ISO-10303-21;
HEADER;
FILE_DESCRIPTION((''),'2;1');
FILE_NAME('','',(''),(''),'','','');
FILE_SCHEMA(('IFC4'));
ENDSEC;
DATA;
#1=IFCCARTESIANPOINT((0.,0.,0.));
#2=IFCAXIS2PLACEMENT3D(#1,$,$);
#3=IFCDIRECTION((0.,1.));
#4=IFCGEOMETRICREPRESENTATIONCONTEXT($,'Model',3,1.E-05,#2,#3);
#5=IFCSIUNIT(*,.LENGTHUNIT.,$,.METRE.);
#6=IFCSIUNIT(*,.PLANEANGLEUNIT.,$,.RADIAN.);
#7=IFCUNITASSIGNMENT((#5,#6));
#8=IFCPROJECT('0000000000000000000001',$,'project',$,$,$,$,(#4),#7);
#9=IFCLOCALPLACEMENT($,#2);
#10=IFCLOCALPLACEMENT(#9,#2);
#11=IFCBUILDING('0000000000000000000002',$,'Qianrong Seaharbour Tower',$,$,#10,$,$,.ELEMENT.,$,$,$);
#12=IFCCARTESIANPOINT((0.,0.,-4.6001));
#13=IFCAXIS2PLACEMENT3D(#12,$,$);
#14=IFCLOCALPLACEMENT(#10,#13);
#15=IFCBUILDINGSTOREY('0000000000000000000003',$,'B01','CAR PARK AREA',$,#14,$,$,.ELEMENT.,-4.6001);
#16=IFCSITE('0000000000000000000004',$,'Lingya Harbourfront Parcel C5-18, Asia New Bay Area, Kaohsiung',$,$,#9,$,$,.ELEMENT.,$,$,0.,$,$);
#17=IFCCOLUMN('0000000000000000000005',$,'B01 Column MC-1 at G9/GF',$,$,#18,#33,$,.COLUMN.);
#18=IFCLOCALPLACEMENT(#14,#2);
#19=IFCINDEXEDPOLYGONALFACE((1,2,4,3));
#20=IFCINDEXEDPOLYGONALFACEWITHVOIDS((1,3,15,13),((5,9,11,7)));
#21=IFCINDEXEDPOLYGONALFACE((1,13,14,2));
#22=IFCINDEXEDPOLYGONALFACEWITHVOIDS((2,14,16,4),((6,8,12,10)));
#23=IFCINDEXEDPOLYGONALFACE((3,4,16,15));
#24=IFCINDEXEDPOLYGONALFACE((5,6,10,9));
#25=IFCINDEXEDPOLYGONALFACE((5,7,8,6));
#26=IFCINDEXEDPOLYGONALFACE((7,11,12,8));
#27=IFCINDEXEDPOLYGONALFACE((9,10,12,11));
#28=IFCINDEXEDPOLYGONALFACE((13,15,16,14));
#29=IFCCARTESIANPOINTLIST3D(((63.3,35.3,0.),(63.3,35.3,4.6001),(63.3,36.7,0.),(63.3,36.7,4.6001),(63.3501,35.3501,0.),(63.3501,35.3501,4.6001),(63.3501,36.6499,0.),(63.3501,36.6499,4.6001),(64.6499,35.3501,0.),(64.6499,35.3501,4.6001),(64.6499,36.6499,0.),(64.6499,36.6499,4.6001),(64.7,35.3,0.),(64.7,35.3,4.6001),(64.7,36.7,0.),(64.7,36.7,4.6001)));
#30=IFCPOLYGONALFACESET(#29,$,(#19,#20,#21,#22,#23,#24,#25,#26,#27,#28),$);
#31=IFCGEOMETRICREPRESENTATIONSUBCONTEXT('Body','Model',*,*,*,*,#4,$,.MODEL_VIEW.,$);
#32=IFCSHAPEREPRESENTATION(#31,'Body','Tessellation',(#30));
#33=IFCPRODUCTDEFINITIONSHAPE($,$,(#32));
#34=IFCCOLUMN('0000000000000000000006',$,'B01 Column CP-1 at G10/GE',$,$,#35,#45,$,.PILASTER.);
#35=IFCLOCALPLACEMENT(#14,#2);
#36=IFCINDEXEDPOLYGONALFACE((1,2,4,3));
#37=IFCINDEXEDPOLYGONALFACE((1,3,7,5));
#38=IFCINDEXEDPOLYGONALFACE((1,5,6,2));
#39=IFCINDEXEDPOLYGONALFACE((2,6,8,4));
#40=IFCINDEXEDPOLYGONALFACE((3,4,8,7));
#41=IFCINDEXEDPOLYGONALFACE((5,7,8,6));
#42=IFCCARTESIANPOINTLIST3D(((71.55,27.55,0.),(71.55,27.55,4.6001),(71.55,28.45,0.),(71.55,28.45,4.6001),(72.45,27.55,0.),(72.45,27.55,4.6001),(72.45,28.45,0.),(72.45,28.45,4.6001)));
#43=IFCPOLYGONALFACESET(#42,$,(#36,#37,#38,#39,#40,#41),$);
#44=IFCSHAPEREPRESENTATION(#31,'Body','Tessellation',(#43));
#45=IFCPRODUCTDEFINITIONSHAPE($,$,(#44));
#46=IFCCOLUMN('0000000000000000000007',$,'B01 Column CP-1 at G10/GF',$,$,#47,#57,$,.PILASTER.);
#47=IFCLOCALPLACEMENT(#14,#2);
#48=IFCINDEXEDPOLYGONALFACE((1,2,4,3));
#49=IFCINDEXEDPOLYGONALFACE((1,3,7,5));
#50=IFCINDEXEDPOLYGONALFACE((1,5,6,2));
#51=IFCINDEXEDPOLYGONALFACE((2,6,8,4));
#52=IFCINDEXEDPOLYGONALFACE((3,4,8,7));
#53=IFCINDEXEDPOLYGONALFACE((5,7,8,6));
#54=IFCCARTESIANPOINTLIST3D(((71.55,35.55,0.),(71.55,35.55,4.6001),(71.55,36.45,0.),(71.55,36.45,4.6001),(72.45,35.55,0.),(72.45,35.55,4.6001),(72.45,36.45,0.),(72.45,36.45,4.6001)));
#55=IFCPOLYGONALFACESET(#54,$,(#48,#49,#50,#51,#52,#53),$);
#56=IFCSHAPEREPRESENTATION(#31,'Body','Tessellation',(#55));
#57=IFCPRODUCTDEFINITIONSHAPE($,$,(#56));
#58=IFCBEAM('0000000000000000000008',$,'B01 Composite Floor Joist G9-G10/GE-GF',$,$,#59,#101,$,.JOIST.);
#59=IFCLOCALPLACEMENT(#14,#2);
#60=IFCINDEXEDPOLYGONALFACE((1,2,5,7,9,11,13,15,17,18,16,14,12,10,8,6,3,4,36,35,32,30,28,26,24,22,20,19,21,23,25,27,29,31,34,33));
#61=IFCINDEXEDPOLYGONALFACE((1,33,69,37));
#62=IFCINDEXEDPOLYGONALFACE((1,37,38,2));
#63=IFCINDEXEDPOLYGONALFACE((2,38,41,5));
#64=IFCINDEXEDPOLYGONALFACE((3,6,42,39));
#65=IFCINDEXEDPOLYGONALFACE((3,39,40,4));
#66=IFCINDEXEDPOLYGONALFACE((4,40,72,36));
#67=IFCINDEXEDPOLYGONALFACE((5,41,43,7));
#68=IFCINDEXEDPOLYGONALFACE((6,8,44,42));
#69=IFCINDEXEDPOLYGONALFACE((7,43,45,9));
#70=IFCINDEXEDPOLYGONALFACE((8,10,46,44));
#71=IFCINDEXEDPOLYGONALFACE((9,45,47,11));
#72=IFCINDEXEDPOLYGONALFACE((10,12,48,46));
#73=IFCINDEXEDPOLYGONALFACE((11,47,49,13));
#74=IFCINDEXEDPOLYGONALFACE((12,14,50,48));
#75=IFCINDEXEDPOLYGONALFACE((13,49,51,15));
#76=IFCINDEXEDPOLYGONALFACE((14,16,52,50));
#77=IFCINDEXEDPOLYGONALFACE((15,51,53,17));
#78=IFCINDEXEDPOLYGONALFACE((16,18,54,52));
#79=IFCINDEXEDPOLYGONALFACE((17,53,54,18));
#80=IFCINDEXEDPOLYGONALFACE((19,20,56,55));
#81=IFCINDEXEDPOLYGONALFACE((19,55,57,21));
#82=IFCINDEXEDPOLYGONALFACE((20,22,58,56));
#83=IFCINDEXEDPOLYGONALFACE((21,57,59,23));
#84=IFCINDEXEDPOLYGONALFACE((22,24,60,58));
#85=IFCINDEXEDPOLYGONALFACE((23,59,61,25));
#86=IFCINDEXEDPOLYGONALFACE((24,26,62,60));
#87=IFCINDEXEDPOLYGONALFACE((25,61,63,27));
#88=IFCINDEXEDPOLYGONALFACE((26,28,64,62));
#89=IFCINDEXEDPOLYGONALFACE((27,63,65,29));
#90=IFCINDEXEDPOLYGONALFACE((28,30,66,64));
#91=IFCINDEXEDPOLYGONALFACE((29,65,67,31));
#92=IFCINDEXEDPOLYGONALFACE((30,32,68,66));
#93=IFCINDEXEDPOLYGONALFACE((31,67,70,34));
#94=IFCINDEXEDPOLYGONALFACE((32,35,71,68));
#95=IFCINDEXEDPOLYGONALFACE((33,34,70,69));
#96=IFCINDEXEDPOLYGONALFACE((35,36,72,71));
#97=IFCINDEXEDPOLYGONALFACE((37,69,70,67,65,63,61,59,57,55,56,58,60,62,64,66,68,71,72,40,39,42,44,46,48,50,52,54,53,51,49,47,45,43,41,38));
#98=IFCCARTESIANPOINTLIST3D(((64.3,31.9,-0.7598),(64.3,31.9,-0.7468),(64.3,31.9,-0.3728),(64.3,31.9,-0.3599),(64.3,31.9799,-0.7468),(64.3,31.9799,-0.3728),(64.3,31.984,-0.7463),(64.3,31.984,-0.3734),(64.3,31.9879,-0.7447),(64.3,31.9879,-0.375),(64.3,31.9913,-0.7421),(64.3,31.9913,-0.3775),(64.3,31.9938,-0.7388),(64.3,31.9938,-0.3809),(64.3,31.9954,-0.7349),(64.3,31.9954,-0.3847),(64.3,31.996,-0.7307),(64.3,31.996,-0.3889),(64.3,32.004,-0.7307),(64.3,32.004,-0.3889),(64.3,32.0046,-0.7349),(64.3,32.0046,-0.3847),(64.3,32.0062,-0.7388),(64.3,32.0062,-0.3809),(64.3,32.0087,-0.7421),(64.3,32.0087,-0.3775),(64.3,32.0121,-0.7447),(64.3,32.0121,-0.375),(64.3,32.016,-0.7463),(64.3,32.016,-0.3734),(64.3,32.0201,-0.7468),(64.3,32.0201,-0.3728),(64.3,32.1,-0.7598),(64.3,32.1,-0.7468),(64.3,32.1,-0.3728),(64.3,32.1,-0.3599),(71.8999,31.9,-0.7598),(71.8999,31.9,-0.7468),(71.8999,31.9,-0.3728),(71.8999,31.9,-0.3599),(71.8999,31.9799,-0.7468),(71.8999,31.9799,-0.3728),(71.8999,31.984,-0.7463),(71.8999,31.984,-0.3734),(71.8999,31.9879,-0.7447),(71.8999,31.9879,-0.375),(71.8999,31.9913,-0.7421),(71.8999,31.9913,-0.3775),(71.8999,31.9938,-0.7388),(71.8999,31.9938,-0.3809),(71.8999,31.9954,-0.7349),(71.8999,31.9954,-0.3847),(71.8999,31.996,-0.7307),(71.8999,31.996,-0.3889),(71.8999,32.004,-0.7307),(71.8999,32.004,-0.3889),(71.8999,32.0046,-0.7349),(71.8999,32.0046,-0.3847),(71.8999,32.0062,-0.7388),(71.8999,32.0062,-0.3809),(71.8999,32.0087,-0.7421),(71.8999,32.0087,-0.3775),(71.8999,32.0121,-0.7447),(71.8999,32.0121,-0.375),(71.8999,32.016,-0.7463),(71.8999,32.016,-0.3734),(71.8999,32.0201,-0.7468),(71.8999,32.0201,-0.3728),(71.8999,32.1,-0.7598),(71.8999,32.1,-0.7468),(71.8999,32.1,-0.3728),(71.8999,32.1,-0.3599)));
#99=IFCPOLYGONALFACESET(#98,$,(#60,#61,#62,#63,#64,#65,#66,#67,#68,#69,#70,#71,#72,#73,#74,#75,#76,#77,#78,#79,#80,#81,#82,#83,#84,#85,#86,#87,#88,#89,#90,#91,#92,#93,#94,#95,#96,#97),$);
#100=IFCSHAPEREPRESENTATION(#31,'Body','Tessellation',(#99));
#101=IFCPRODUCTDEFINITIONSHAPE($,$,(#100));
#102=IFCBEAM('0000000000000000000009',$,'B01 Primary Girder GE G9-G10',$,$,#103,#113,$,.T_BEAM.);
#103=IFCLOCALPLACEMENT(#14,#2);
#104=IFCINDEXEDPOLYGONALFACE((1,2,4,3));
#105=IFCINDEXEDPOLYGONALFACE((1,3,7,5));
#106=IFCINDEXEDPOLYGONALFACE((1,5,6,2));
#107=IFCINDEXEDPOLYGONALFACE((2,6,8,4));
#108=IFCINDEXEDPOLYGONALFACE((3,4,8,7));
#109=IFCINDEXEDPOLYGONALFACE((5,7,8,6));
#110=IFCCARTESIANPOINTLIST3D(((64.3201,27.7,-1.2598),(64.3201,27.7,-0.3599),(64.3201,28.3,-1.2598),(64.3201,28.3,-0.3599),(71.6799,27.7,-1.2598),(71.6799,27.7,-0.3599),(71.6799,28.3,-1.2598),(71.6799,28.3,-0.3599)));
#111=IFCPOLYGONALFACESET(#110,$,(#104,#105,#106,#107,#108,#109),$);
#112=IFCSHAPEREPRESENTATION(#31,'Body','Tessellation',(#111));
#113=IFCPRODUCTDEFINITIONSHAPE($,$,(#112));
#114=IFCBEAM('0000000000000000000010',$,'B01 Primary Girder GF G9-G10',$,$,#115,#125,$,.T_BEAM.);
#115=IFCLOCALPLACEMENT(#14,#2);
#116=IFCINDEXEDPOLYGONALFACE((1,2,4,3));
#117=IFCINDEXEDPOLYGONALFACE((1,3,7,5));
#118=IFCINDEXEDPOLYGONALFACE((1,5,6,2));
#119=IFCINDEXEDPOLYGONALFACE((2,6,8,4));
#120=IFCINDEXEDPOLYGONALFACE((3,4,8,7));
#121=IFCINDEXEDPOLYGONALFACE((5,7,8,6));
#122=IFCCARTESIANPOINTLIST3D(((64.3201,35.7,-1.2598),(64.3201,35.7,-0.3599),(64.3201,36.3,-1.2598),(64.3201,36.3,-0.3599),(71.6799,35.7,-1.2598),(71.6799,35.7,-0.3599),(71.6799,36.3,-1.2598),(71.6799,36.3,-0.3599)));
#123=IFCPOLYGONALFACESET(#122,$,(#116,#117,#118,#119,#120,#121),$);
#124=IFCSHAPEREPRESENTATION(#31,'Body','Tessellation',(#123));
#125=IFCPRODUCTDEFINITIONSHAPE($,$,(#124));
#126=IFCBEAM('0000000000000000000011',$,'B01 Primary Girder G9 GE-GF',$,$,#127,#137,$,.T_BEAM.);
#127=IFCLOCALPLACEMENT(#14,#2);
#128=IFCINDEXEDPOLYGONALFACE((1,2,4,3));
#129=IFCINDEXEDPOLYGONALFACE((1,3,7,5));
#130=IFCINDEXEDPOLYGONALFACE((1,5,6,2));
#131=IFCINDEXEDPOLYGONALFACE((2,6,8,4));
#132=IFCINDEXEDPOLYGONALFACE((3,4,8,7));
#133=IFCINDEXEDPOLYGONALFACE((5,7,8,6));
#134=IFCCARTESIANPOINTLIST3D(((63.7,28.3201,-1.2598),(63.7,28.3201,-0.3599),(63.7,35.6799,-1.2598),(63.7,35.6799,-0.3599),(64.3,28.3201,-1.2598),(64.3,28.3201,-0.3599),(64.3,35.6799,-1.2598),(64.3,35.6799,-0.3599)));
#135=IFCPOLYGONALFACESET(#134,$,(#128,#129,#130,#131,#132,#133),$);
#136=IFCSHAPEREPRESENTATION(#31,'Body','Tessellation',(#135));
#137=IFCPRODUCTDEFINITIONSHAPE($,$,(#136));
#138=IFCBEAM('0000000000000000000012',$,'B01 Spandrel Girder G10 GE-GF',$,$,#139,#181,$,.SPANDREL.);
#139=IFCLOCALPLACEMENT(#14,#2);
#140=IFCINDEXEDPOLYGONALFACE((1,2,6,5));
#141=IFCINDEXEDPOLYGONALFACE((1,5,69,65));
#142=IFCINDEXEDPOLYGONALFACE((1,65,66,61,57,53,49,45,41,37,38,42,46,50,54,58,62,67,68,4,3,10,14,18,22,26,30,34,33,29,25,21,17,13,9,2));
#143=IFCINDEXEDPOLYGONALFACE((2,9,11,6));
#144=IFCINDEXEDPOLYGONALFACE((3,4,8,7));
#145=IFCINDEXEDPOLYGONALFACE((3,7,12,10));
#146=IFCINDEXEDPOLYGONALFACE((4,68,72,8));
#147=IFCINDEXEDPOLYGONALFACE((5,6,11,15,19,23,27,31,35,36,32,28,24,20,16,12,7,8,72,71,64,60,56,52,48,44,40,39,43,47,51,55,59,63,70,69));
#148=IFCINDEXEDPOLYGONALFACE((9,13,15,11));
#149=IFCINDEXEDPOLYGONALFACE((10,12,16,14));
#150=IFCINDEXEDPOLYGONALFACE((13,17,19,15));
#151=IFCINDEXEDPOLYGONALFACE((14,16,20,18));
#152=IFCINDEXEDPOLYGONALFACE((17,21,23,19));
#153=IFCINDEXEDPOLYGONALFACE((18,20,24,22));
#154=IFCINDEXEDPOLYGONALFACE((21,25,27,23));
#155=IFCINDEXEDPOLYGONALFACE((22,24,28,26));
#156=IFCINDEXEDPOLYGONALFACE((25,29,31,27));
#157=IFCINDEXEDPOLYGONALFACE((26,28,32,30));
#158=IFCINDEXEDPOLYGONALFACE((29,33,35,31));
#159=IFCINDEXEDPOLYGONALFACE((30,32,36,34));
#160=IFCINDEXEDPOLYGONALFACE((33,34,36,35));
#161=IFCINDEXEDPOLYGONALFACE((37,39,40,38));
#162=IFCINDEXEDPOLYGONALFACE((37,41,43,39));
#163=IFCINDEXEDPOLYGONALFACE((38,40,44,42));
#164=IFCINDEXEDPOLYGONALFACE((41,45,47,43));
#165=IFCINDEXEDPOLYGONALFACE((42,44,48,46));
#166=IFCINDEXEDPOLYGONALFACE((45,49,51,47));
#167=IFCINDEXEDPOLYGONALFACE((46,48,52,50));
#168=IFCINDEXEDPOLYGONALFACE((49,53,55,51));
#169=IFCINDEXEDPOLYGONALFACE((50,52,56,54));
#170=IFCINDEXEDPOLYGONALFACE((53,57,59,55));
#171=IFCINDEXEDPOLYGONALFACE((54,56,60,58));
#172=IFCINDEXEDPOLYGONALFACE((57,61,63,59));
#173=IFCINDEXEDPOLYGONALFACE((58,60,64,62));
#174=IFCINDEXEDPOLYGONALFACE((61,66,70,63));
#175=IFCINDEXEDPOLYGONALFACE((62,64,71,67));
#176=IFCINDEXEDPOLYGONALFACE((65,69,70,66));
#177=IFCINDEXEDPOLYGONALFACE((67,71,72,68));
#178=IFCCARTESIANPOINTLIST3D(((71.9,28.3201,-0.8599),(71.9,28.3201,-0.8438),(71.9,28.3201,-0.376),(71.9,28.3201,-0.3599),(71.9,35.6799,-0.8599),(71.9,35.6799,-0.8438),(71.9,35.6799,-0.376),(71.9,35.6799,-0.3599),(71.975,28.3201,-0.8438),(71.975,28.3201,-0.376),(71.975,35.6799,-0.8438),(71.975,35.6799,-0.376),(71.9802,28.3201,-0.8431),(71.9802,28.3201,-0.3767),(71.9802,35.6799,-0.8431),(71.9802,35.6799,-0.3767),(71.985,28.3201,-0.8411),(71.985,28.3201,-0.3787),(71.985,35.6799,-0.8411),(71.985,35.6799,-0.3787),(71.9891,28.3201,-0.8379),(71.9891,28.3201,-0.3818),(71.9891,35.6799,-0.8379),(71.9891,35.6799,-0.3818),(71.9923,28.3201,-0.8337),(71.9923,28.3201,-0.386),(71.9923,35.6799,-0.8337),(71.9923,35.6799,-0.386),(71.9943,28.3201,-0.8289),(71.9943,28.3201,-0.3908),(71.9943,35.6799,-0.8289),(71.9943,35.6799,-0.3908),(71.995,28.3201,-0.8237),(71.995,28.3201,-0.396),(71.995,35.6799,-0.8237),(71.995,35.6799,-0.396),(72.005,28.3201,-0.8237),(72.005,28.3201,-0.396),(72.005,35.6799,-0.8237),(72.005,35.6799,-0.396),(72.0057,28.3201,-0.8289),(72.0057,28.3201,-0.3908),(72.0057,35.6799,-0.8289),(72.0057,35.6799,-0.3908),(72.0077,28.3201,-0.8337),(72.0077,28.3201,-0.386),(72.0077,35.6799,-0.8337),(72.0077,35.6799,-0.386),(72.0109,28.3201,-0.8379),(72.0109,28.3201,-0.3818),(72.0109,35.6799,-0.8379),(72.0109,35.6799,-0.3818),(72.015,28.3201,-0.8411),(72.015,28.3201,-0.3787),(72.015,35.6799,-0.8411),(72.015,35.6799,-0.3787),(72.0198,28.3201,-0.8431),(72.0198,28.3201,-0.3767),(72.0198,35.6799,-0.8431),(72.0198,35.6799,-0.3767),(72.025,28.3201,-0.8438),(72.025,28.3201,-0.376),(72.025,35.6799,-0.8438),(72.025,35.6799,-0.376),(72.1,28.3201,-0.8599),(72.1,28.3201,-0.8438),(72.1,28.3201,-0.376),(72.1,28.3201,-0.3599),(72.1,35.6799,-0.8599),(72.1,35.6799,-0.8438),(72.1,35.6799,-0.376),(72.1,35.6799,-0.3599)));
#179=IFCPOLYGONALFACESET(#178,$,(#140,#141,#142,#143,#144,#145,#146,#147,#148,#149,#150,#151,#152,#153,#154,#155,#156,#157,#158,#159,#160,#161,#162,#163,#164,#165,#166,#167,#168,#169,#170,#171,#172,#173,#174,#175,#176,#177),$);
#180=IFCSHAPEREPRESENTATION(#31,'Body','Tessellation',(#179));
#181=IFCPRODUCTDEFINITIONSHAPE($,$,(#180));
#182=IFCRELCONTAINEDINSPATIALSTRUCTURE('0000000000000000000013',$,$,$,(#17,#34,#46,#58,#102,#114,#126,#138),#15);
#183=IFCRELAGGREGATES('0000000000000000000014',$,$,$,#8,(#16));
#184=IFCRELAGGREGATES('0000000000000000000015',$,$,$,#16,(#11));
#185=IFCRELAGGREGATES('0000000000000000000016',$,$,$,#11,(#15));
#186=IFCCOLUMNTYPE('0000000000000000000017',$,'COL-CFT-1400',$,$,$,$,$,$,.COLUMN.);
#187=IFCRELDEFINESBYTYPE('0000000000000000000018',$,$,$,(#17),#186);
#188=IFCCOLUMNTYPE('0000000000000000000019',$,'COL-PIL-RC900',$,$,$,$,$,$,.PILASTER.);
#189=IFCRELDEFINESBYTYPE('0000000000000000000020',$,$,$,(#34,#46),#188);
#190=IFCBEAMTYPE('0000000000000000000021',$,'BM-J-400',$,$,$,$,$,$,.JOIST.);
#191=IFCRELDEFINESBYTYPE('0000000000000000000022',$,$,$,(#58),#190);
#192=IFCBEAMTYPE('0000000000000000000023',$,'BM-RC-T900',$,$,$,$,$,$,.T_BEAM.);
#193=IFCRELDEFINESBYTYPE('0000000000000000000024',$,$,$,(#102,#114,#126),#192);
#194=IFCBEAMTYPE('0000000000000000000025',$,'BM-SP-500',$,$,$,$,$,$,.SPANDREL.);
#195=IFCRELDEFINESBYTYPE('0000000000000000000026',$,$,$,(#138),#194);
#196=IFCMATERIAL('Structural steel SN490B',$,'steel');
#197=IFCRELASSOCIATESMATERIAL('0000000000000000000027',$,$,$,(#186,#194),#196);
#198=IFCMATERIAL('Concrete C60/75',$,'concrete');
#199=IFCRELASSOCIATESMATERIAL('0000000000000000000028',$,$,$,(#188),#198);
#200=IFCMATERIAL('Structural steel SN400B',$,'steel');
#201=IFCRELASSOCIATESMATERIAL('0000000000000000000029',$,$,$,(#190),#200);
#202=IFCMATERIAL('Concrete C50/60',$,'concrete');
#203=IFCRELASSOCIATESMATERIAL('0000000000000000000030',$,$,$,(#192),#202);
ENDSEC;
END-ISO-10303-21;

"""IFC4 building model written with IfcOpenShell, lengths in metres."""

from ifc_helpers import new_model, si_unit, direction, frame, origin, origin_2d, place, context, subcontext, project, spatial, rectangle, hollow_rectangle, i_section, extrude, material, material_profile, profile_set, type_object, element, save


model = new_model("IFC4")

# Units and contexts
model_context = context("Model", 3, precision=1e-05, world=origin(), true_north=direction((0.0, 1.0)))
body_context = subcontext(model_context, "Body", "Model", "MODEL_VIEW")
ifc_project = project(units=[si_unit("LENGTHUNIT", "METRE"), si_unit("PLANEANGLEUNIT", "RADIAN")], contexts=[model_context])

# Site, building, storey
site_placement = place(None, origin())
site = spatial("IfcSite", under=ifc_project, at=site_placement, Name="Lingya Harbourfront Parcel C5-18, Asia New Bay Area, Kaohsiung", CompositionType="ELEMENT", RefElevation=0.0)
building_placement = place(site_placement, origin())
building = spatial("IfcBuilding", under=site, at=building_placement, Name="Qianrong Seaharbour Tower", CompositionType="ELEMENT")
storey_placement = place(building_placement, frame((0.0, 0.0, -4.6001)))
storey = spatial("IfcBuildingStorey", under=building, at=storey_placement, Name="B01", Description="CAR PARK AREA", CompositionType="ELEMENT", Elevation=-4.6001)

# Columns
ifc_material_1 = material(Name="Structural steel SN490B", Category="steel")
ifc_material_profile_1 = material_profile(ifc_material_1, hollow_rectangle(XDim=1.3999, YDim=1.3999, WallThickness=0.05, at=origin_2d()), Name="BOX1400x1400x50")
ifc_profile_set_1 = profile_set([ifc_material_profile_1], Name="Structural steel SN490B")
column_type_1 = type_object("IfcColumnType", Name="COL-CFT-1400", PredefinedType="COLUMN", material=ifc_profile_set_1)
column_placement = place(storey_placement, frame((64.0, 36.0, 0.0), z_axis=(0.0, 0.0, 1.0), x_axis=(1.0, 0.0, 0.0)))
element("IfcColumn", 1, at=column_placement, inside=storey, type_object=column_type_1, Name="B01 Column MC-1 at G9/GF", PredefinedType="COLUMN", context=body_context, shape_type="SweptSolid", body=[
    extrude(hollow_rectangle(XDim=1.3999, YDim=1.3999, WallThickness=0.05, at=origin_2d()), origin(), (0.0, 0.0, 1.0), 4.6001),
])
ifc_material_2 = material(Name="Concrete C60/75", Category="concrete")
ifc_material_profile_2 = material_profile(ifc_material_2, rectangle(XDim=0.8999, YDim=0.8999, at=origin_2d()), Name="RC900x900")
ifc_profile_set_2 = profile_set([ifc_material_profile_2], Name="Concrete C60/75")
column_type_2 = type_object("IfcColumnType", Name="COL-PIL-RC900", PredefinedType="PILASTER", material=ifc_profile_set_2)
for number, where, z_axis, x_axis, name in (
    (2, (72.0, 28.0, 0.0), (0.0, 0.0, 1.0), (1.0, 0.0, 0.0), "B01 Column CP-1 at G10/GE"),
    (3, (72.0, 36.0, 0.0), (0.0, 0.0, 1.0), (1.0, 0.0, 0.0), "B01 Column CP-1 at G10/GF"),
):
    element("IfcColumn", number, at=place(storey_placement, frame(where, z_axis=z_axis, x_axis=x_axis)), inside=storey, type_object=column_type_2, Name=name, PredefinedType="PILASTER", context=body_context, shape_type="SweptSolid", body=[
        extrude(rectangle(XDim=0.8999, YDim=0.8999, at=origin_2d()), origin(), (0.0, 0.0, 1.0), 4.6001),
    ])

# Beams
ifc_material_3 = material(Name="Structural steel SN400B", Category="steel")
ifc_material_profile_3 = material_profile(ifc_material_3, i_section(OverallWidth=0.2, OverallDepth=0.3999, WebThickness=0.0081, FlangeThickness=0.0129, FilletRadius=0.0161, at=origin_2d()), Name="H400x200x8x13")
ifc_profile_set_3 = profile_set([ifc_material_profile_3], Name="Structural steel SN400B")
beam_type_1 = type_object("IfcBeamType", Name="BM-J-400", PredefinedType="JOIST", material=ifc_profile_set_3)
beam_placement = place(storey_placement, frame((64.3, 32.0, -0.5598), z_axis=(1.0, 0.0, 0.0), x_axis=(0.0, 1.0, 0.0)))
element("IfcBeam", 4, at=beam_placement, inside=storey, type_object=beam_type_1, Name="B01 Composite Floor Joist G9-G10/GE-GF", PredefinedType="JOIST", context=body_context, shape_type="SweptSolid", body=[
    extrude(i_section(OverallWidth=0.2, OverallDepth=0.3999, WebThickness=0.0081, FlangeThickness=0.0129, FilletRadius=0.0161, at=origin_2d()), origin(), (0.0, 0.0, 1.0), 7.5999),
])
ifc_material_4 = material(Name="Concrete C50/60", Category="concrete")
ifc_material_profile_4 = material_profile(ifc_material_4, rectangle(XDim=0.6001, YDim=0.8999, at=origin_2d()), Name="RC600x900")
ifc_profile_set_4 = profile_set([ifc_material_profile_4], Name="Concrete C50/60")
beam_type_2 = type_object("IfcBeamType", Name="BM-RC-T900", PredefinedType="T_BEAM", material=ifc_profile_set_4)
for number, where, z_axis, x_axis, name in (
    (5, (64.3201, 28.0, -0.8098), (1.0, 0.0, 0.0), (0.0, 1.0, 0.0), "B01 Primary Girder GE G9-G10"),
    (6, (64.3201, 36.0, -0.8098), (1.0, 0.0, 0.0), (0.0, 1.0, 0.0), "B01 Primary Girder GF G9-G10"),
    (7, (64.0, 28.3201, -0.8098), (0.0, 1.0, 0.0), (-1.0, 0.0, 0.0), "B01 Primary Girder G9 GE-GF"),
):
    element("IfcBeam", number, at=place(storey_placement, frame(where, z_axis=z_axis, x_axis=x_axis)), inside=storey, type_object=beam_type_2, Name=name, PredefinedType="T_BEAM", context=body_context, shape_type="SweptSolid", body=[
        extrude(rectangle(XDim=0.6001, YDim=0.8999, at=origin_2d()), origin(), (0.0, 0.0, 1.0), 7.3599),
    ])
ifc_material_profile_5 = material_profile(ifc_material_1, i_section(OverallWidth=0.2, OverallDepth=0.5, WebThickness=0.01, FlangeThickness=0.0161, FilletRadius=0.02, at=origin_2d()), Name="H500x200x10x16")
ifc_profile_set_5 = profile_set([ifc_material_profile_5], Name="Structural steel SN490B")
beam_type_3 = type_object("IfcBeamType", Name="BM-SP-500", PredefinedType="SPANDREL", material=ifc_profile_set_5)
for number, where, z_axis, x_axis, name in (
    (8, (72.0, 28.3201, -0.6099), (0.0, 1.0, 0.0), (-1.0, 0.0, 0.0), "B01 Spandrel Girder G10 GE-GF"),
):
    element("IfcBeam", number, at=place(storey_placement, frame(where, z_axis=z_axis, x_axis=x_axis)), inside=storey, type_object=beam_type_3, Name=name, PredefinedType="SPANDREL", context=body_context, shape_type="SweptSolid", body=[
        extrude(i_section(OverallWidth=0.2, OverallDepth=0.5, WebThickness=0.01, FlangeThickness=0.0161, FilletRadius=0.02, at=origin_2d()), origin(), (0.0, 0.0, 1.0), 7.3599),
    ])

save(model, "model.ifc")
